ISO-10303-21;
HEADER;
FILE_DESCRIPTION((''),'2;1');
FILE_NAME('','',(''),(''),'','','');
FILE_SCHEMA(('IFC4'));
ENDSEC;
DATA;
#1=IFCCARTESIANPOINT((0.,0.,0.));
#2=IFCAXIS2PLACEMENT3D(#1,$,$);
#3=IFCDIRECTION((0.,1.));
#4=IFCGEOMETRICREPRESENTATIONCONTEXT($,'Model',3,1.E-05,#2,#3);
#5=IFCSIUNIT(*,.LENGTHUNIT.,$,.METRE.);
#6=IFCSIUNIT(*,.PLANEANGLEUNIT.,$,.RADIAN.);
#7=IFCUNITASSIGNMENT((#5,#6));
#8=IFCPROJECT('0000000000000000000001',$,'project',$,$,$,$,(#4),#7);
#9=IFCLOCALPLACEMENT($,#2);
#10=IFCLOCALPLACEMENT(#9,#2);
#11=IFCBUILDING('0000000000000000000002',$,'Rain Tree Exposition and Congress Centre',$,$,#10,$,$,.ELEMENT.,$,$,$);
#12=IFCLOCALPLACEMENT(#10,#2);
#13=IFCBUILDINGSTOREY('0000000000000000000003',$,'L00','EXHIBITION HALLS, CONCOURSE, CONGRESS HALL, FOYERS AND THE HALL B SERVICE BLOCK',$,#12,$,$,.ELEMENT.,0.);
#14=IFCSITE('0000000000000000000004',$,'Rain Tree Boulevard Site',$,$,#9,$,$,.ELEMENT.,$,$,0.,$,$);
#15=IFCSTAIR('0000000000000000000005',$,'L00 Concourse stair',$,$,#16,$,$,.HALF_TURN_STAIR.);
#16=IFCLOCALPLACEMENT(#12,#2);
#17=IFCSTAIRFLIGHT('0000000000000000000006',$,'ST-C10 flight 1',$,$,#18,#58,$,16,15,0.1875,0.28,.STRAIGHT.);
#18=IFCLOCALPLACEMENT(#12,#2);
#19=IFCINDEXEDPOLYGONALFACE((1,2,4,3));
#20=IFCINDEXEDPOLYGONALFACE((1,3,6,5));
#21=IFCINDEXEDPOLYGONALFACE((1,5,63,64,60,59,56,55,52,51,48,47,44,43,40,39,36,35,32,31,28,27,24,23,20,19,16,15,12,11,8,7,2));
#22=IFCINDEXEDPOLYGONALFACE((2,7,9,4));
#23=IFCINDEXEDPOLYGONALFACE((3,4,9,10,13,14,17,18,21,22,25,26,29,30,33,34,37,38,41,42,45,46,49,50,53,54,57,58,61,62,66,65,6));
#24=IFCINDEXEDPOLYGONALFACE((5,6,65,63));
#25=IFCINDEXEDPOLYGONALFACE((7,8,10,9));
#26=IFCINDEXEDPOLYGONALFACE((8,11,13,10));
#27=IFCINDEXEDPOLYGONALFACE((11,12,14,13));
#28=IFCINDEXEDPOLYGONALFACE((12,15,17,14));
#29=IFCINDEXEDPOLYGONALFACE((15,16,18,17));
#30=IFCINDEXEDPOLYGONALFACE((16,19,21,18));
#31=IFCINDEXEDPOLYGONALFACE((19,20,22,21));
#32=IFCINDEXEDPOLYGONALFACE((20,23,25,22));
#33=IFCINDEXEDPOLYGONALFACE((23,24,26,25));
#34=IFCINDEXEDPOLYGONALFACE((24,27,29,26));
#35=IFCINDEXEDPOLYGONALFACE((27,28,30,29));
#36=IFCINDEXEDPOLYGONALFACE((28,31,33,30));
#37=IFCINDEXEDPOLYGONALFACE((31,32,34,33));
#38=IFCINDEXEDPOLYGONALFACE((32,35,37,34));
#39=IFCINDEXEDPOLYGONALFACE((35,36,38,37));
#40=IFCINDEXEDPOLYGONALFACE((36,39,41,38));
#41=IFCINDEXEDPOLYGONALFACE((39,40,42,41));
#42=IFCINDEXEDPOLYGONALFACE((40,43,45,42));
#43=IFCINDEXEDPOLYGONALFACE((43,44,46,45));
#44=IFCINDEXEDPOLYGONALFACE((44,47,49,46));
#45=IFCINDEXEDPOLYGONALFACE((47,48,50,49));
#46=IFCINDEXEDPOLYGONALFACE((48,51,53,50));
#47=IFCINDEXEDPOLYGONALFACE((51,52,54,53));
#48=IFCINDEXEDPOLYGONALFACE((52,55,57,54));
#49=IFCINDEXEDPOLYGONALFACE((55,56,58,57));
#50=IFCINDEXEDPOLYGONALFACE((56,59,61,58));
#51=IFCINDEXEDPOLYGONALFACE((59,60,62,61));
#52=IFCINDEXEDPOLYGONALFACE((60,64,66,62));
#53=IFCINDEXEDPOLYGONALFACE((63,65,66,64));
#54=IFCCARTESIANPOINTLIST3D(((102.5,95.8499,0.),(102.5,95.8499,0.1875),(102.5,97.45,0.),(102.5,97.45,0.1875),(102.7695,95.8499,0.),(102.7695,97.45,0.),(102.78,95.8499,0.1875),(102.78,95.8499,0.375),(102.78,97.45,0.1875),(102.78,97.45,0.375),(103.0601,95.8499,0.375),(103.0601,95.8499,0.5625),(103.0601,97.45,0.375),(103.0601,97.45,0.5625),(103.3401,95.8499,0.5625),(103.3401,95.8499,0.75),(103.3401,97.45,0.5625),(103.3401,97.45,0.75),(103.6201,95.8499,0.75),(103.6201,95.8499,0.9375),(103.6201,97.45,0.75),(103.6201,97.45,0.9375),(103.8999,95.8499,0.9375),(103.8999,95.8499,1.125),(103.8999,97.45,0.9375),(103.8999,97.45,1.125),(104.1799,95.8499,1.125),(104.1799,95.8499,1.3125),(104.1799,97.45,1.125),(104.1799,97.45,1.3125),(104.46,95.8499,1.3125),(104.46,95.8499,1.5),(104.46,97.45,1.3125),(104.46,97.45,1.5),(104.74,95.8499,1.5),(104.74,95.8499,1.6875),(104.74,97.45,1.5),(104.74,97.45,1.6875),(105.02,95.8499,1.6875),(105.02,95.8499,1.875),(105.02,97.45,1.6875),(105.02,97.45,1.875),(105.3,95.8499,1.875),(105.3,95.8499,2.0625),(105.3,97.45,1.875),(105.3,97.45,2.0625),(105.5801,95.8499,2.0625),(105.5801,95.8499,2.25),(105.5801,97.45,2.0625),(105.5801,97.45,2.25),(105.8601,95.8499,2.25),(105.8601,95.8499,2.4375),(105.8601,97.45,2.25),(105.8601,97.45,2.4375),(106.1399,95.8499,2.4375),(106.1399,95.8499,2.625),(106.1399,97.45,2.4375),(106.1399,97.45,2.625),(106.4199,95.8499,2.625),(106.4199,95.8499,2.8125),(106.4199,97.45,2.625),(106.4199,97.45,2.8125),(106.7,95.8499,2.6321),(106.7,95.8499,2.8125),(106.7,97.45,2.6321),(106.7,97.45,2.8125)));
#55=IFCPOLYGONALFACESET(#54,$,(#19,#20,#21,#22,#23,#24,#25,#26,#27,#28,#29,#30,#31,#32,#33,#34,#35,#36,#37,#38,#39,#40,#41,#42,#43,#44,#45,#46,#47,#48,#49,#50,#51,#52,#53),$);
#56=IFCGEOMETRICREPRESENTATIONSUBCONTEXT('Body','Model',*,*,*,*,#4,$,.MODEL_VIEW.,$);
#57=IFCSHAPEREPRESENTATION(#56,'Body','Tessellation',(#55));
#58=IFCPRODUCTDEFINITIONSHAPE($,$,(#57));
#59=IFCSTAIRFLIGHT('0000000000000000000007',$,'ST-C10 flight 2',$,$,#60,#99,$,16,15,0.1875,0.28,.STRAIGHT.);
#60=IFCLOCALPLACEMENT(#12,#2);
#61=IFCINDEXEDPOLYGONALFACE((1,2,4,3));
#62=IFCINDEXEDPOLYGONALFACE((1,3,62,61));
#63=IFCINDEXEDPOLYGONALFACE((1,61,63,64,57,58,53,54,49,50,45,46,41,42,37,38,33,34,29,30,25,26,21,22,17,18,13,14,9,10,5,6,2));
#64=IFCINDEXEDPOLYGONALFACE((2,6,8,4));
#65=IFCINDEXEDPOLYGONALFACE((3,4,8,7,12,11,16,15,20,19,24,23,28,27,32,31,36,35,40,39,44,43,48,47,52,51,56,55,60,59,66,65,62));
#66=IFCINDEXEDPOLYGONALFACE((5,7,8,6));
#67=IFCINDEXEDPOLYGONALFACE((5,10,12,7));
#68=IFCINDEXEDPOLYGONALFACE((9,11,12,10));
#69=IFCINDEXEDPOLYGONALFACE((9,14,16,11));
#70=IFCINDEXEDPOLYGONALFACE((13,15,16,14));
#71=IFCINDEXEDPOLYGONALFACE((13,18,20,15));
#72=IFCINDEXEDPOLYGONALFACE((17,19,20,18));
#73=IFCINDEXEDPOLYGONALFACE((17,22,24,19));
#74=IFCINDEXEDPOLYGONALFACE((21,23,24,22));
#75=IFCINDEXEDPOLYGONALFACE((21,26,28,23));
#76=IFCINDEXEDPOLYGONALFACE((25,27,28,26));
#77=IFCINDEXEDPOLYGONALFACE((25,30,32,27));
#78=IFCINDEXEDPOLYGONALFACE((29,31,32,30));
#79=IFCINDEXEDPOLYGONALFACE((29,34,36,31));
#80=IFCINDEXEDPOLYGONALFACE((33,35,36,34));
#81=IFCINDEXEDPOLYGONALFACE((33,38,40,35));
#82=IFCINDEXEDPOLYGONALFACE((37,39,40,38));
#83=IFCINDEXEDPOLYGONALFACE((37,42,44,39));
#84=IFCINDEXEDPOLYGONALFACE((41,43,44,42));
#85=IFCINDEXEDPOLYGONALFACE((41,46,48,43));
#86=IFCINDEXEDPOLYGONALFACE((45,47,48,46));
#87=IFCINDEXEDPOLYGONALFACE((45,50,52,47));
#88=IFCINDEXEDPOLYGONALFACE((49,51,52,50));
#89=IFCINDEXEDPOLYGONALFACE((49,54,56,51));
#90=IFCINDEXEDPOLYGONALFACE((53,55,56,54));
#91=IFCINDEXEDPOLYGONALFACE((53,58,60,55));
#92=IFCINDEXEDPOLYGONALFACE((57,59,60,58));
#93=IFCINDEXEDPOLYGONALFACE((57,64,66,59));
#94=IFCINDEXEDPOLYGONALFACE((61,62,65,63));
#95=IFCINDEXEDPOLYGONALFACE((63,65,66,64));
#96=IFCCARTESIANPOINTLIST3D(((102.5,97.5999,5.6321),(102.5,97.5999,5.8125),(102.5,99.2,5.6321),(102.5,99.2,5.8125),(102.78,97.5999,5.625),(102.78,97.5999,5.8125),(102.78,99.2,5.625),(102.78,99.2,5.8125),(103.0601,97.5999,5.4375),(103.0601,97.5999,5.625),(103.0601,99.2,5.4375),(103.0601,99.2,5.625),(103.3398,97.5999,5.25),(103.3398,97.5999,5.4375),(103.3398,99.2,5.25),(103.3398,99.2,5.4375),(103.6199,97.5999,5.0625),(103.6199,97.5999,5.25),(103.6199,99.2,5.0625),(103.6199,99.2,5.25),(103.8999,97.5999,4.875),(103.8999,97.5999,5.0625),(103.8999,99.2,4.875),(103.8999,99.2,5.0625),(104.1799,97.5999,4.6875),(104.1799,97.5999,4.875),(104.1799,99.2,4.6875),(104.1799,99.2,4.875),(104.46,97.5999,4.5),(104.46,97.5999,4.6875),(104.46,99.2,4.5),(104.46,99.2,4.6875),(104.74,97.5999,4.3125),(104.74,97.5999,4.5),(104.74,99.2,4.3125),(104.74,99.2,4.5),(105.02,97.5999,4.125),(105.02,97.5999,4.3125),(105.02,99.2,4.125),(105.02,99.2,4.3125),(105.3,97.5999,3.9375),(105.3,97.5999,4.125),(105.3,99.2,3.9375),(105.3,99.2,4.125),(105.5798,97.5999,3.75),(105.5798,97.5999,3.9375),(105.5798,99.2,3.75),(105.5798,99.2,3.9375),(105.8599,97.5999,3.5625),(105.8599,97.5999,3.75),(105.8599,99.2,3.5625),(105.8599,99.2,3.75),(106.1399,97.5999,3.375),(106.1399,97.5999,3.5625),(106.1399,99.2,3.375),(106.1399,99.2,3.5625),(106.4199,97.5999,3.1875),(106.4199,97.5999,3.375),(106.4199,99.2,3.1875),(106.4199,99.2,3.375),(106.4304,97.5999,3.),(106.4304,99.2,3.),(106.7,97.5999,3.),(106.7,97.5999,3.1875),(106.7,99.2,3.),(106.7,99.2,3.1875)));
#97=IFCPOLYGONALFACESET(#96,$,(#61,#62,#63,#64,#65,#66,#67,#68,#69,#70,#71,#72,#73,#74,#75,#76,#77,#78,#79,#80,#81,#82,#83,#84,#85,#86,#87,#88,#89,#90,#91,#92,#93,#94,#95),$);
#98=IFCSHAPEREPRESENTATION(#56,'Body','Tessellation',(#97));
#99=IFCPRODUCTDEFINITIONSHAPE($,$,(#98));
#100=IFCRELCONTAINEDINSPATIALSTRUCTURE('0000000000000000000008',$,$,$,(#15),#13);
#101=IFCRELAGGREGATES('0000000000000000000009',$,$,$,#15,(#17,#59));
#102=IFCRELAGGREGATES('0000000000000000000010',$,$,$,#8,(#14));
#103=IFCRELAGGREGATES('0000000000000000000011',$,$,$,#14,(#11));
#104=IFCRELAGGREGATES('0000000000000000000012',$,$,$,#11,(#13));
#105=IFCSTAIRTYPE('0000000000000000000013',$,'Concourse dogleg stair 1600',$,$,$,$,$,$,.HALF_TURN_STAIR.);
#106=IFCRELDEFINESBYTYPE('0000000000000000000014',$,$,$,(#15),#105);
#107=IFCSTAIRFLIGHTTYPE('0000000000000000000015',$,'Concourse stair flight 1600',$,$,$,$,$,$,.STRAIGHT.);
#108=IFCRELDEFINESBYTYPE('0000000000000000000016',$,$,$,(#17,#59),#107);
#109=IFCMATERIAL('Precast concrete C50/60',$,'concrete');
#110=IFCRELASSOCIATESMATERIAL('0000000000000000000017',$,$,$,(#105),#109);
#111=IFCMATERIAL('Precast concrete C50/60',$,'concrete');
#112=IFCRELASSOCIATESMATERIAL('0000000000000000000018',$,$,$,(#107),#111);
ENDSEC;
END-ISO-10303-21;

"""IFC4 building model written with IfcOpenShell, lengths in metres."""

from ifc_helpers import new_model, si_unit, direction, frame, origin, place, context, subcontext, project, spatial, polyline, outline, extrude, material, type_object, element, aggregate, save


model = new_model("IFC4")

# Units and contexts
model_context = context("Model", 3, precision=1e-05, world=origin(), true_north=direction((0.0, 1.0)))
body_context = subcontext(model_context, "Body", "Model", "MODEL_VIEW")
ifc_project = project(units=[si_unit("LENGTHUNIT", "METRE"), si_unit("PLANEANGLEUNIT", "RADIAN")], contexts=[model_context])

# Site, building, storey
site_placement = place(None, origin())
site = spatial("IfcSite", under=ifc_project, at=site_placement, Name="Rain Tree Boulevard Site", CompositionType="ELEMENT", RefElevation=0.0)
building_placement = place(site_placement, origin())
building = spatial("IfcBuilding", under=site, at=building_placement, Name="Rain Tree Exposition and Congress Centre", CompositionType="ELEMENT")
storey_placement = place(building_placement, origin())
storey = spatial("IfcBuildingStorey", under=building, at=storey_placement, Name="L00", Description="EXHIBITION HALLS, CONCOURSE, CONGRESS HALL, FOYERS AND THE HALL B SERVICE BLOCK", CompositionType="ELEMENT", Elevation=0.0)

# Stair, stair flights
ifc_material_1 = material(Name="Precast concrete C50/60", Category="concrete")
stair_type = type_object("IfcStairType", Name="Concourse dogleg stair 1600", PredefinedType="HALF_TURN_STAIR", material=ifc_material_1)
stair_placement = place(storey_placement, origin())
stair = element("IfcStair", 1, at=stair_placement, inside=storey, type_object=stair_type, Name="L00 Concourse stair", PredefinedType="HALF_TURN_STAIR")
ifc_material_2 = material(Name="Precast concrete C50/60", Category="concrete")
stair_flight_type = type_object("IfcStairFlightType", Name="Concourse stair flight 1600", PredefinedType="STRAIGHT", material=ifc_material_2)
stair_flight_1_placement = place(storey_placement, frame((102.5, 96.6499, 0.0), z_axis=(0.0, 0.0, 1.0), x_axis=(1.0, 0.0, 0.0)))
stair_flight_1 = element("IfcStairFlight", 2, at=stair_flight_1_placement, type_object=stair_flight_type, Name="ST-C10 flight 1", NumberOfRisers=16, NumberOfTreads=15, PredefinedType="STRAIGHT", RiserHeight=0.1875, TreadLength=0.28, context=body_context, shape_type="SweptSolid", body=[
    extrude(outline(polyline([(0.0, 0.0), (0.0, 0.1875), (0.28, 0.1875), (0.28, 0.375), (0.5601, 0.375), (0.5601, 0.5625), (0.8401, 0.5625), (0.8401, 0.75), (1.1201, 0.75), (1.1201, 0.9375), (1.3999, 0.9375), (1.3999, 1.125), (1.6799, 1.125), (1.6799, 1.3125), (1.96, 1.3125), (1.96, 1.5), (2.24, 1.5), (2.24, 1.6875), (2.52, 1.6875), (2.52, 1.875), (2.8, 1.875), (2.8, 2.0625), (3.0801, 2.0625), (3.0801, 2.25), (3.3601, 2.25), (3.3601, 2.4375), (3.6399, 2.4375), (3.6399, 2.625), (3.9199, 2.625), (3.9199, 2.8125), (4.2, 2.8125), (4.2, 3.0), (4.2, 2.6321), (0.2695, 0.0), (0.0, 0.0)])), frame((0.0, 0.8, 0.0), z_axis=(0.0, -1.0, 0.0), x_axis=(1.0, 0.0, 0.0)), (0.0, 0.0, 1.0), 1.6001),
])
stair_flight_2_placement = place(storey_placement, frame((106.7, 98.3999, 3.0), z_axis=(0.0, 0.0, 1.0), x_axis=(-1.0, 0.0, 0.0)))
stair_flight_2 = element("IfcStairFlight", 3, at=stair_flight_2_placement, type_object=stair_flight_type, Name="ST-C10 flight 2", NumberOfRisers=16, NumberOfTreads=15, PredefinedType="STRAIGHT", RiserHeight=0.1875, TreadLength=0.28, context=body_context, shape_type="SweptSolid", body=[
    extrude(outline(polyline([(0.0, 0.0), (0.0, 0.1875), (0.28, 0.1875), (0.28, 0.375), (0.5601, 0.375), (0.5601, 0.5625), (0.8401, 0.5625), (0.8401, 0.75), (1.1201, 0.75), (1.1201, 0.9375), (1.3999, 0.9375), (1.3999, 1.125), (1.6799, 1.125), (1.6799, 1.3125), (1.96, 1.3125), (1.96, 1.5), (2.24, 1.5), (2.24, 1.6875), (2.52, 1.6875), (2.52, 1.875), (2.8, 1.875), (2.8, 2.0625), (3.0801, 2.0625), (3.0801, 2.25), (3.3601, 2.25), (3.3601, 2.4375), (3.6399, 2.4375), (3.6399, 2.625), (3.9199, 2.625), (3.9199, 2.8125), (4.2, 2.8125), (4.2, 3.0), (4.2, 2.6321), (0.2695, 0.0), (0.0, 0.0)])), frame((0.0, 0.8, 0.0), z_axis=(0.0, -1.0, 0.0), x_axis=(1.0, 0.0, 0.0)), (0.0, 0.0, 1.0), 1.6001),
])
aggregate(stair, [stair_flight_1, stair_flight_2])

save(model, "model.ifc")
